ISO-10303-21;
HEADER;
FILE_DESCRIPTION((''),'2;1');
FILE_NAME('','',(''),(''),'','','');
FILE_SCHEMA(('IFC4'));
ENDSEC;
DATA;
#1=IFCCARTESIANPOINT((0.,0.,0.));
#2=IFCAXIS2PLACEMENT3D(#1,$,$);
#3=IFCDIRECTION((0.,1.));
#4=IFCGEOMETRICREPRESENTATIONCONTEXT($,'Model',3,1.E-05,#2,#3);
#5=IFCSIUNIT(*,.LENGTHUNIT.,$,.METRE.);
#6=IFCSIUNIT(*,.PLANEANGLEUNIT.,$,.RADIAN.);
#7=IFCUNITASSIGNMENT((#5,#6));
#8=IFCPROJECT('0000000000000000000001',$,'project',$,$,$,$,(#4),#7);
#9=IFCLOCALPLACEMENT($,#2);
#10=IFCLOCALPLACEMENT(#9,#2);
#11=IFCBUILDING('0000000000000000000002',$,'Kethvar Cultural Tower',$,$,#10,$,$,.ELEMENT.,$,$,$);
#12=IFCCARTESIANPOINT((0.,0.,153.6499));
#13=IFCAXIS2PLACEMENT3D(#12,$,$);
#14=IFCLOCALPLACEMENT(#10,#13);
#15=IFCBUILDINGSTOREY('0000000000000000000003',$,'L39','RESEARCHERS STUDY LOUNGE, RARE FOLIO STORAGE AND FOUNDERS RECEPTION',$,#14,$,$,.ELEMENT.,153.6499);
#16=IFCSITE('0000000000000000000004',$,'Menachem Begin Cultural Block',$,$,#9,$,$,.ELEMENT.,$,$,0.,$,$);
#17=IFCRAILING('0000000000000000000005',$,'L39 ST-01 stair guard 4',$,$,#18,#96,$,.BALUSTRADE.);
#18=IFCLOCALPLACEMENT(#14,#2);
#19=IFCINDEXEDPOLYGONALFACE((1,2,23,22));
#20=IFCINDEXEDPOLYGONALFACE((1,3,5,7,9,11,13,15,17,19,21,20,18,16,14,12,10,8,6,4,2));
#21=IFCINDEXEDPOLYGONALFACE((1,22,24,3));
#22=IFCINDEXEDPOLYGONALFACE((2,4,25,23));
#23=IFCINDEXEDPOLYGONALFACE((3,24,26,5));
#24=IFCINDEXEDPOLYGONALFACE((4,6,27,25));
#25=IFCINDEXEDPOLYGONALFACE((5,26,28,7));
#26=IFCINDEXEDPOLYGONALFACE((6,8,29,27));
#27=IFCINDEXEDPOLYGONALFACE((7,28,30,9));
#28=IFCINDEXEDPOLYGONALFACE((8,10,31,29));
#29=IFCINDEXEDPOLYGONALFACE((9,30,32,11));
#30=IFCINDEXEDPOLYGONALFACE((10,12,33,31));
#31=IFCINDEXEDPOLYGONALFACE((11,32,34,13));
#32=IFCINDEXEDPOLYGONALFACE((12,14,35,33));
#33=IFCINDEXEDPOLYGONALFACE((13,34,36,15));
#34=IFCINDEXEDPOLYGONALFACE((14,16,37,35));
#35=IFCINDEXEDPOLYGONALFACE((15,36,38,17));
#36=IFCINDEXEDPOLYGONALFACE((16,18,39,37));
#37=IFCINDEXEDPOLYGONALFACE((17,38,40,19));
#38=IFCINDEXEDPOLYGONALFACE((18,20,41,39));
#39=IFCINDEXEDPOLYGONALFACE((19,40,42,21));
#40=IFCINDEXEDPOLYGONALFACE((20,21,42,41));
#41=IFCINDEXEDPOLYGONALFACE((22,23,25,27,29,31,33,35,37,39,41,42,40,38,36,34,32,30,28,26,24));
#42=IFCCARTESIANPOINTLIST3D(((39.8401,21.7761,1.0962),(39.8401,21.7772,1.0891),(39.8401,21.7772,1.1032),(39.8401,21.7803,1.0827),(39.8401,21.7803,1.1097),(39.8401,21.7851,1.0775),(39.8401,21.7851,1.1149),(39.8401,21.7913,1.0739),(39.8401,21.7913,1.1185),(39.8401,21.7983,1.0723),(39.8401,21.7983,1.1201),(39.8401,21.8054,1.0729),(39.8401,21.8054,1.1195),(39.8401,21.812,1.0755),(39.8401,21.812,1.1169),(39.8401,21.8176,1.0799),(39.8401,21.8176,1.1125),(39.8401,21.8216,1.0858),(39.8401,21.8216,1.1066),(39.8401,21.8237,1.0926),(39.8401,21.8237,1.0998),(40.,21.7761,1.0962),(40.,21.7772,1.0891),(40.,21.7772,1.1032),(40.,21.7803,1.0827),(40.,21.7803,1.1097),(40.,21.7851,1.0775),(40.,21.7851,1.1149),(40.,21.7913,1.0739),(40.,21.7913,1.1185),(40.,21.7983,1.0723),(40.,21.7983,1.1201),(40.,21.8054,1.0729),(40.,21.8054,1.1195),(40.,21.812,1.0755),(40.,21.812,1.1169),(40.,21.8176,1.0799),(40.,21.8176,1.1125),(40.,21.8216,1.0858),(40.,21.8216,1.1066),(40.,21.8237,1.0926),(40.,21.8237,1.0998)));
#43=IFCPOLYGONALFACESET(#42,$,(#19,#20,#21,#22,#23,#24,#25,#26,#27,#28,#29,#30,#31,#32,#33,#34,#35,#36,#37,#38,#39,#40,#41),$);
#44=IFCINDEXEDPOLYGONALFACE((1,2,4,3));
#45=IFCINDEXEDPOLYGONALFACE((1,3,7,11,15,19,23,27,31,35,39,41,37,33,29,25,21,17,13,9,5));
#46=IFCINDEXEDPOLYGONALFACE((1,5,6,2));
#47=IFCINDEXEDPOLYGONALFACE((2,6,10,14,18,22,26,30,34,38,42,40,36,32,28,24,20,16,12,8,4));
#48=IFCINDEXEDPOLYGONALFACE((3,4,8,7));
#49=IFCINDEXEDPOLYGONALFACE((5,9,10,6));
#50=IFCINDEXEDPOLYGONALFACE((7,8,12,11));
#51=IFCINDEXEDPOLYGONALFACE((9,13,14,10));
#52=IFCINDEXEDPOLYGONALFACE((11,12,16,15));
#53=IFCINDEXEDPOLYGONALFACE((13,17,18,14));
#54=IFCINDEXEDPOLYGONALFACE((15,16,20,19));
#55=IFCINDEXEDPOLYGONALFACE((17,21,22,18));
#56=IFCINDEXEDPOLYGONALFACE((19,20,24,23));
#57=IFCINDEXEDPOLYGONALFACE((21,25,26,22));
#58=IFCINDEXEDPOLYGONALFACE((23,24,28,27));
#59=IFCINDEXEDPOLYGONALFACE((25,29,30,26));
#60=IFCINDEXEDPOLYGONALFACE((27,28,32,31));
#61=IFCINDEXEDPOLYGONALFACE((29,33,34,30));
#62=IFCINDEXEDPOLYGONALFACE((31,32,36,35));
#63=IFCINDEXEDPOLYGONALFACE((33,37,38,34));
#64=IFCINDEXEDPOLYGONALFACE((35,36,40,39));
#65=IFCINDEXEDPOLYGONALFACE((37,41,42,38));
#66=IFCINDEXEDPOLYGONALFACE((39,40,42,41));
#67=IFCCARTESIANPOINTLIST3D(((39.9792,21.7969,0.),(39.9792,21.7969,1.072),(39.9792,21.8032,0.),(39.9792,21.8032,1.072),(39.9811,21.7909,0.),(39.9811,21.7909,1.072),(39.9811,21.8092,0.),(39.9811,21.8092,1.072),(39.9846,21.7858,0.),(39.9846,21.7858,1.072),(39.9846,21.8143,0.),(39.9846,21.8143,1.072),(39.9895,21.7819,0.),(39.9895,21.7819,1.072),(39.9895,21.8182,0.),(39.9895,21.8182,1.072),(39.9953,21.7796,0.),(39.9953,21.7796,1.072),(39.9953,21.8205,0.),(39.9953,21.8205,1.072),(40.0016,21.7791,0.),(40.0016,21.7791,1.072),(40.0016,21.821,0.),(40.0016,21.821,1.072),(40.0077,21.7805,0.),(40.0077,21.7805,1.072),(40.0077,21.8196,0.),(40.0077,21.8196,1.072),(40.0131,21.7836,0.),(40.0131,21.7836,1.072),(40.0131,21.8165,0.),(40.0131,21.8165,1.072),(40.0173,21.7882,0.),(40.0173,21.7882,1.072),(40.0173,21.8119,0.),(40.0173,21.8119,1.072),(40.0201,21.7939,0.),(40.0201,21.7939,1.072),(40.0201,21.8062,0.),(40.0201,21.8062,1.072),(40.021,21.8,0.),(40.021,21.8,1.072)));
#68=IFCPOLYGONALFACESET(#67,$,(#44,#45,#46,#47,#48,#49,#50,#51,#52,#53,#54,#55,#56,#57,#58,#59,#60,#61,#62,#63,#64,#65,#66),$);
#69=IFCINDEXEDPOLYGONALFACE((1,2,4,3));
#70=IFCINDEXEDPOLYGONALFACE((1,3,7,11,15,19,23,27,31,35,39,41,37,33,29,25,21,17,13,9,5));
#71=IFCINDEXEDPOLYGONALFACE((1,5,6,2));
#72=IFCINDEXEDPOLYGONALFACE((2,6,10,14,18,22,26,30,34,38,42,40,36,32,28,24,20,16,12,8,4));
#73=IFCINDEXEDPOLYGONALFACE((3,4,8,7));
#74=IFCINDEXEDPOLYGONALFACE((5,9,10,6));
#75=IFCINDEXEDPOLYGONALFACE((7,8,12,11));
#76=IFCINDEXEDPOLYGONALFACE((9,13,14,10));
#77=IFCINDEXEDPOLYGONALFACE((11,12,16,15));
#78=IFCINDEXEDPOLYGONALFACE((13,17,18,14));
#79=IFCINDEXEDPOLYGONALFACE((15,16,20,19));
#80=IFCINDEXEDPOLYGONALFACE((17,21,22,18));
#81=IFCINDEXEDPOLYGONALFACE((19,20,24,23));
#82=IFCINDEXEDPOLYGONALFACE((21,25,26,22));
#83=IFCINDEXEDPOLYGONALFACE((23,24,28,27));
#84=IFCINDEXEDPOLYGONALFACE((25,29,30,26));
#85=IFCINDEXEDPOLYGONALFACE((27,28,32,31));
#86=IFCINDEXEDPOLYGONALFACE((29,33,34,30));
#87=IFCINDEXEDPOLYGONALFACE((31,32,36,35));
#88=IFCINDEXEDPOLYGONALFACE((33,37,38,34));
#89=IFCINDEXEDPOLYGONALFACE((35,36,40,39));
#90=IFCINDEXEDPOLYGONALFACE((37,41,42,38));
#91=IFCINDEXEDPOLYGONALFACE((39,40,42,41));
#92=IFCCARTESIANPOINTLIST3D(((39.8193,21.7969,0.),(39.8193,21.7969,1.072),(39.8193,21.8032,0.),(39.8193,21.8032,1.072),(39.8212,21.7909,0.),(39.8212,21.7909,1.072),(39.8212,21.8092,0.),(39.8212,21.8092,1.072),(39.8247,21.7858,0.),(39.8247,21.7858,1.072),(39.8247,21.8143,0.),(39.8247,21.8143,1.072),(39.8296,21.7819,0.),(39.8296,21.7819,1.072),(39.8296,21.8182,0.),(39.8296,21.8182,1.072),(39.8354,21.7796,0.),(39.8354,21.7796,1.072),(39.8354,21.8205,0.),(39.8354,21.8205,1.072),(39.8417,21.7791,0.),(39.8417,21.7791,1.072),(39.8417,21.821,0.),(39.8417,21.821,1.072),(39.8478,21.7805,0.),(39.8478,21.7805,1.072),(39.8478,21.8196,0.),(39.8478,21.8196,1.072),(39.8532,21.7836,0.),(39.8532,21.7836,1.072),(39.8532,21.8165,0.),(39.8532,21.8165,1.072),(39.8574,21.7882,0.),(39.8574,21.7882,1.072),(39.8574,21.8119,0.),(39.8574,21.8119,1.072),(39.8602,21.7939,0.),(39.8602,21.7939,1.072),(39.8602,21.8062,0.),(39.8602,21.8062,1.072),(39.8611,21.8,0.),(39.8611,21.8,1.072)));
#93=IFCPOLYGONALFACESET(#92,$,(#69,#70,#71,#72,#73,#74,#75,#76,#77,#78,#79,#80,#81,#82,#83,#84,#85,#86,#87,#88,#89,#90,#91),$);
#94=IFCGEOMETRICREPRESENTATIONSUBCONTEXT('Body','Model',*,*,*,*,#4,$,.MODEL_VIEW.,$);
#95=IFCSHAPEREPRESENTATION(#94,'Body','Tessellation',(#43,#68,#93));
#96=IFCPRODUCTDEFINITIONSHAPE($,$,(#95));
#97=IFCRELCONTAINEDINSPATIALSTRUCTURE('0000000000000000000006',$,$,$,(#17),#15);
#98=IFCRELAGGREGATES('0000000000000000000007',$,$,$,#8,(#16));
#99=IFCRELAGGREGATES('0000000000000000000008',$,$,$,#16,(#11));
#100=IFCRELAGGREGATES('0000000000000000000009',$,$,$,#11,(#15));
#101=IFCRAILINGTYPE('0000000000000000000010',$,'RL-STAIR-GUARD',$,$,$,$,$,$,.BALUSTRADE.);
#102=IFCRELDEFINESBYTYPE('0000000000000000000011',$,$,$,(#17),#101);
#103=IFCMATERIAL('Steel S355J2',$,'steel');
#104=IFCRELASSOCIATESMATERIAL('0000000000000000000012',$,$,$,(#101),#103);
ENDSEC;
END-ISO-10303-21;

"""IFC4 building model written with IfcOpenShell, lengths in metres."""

from ifc_helpers import new_model, si_unit, direction, frame, origin, origin_2d, place, context, subcontext, project, spatial, circle, extrude, material, type_object, element, save


model = new_model("IFC4")

# Units and contexts
model_context = context("Model", 3, precision=1e-05, world=origin(), true_north=direction((0.0, 1.0)))
body_context = subcontext(model_context, "Body", "Model", "MODEL_VIEW")
ifc_project = project(units=[si_unit("LENGTHUNIT", "METRE"), si_unit("PLANEANGLEUNIT", "RADIAN")], contexts=[model_context])

# Site, building, storey
site_placement = place(None, origin())
site = spatial("IfcSite", under=ifc_project, at=site_placement, Name="Menachem Begin Cultural Block", CompositionType="ELEMENT", RefElevation=0.0)
building_placement = place(site_placement, origin())
building = spatial("IfcBuilding", under=site, at=building_placement, Name="Kethvar Cultural Tower", CompositionType="ELEMENT")
storey_placement = place(building_placement, frame((0.0, 0.0, 153.6499)))
storey = spatial("IfcBuildingStorey", under=building, at=storey_placement, Name="L39", Description="RESEARCHERS STUDY LOUNGE, RARE FOLIO STORAGE AND FOUNDERS RECEPTION", CompositionType="ELEMENT", Elevation=153.6499)

# Shared definitions
ifc_material_1 = material(Name="Steel S355J2", Category="steel")

# Railing
railing_type_1 = type_object("IfcRailingType", Name="RL-STAIR-GUARD", PredefinedType="BALUSTRADE", material=ifc_material_1)
railing_1_placement = place(storey_placement, frame((40.0, 21.8, 0.0)))
element("IfcRailing", 1, at=railing_1_placement, inside=storey, type_object=railing_type_1, Name="L39 ST-01 stair guard 4", PredefinedType="BALUSTRADE", context=body_context, shape_type="SweptSolid", body=[
    extrude(circle(Radius=0.0239, at=origin_2d()), frame((0.0, 0.0, 1.0962), z_axis=(-1.0, 0.0, 0.0), x_axis=(0.0, -1.0, 0.0)), (0.0, 0.0, 1.0), 0.1599),
    extrude(circle(Radius=0.021, at=origin_2d()), origin(), (0.0, 0.0, 1.0), 1.072),
    extrude(circle(Radius=0.021, at=origin_2d()), frame((-0.1599, 0.0, 0.0)), (0.0, 0.0, 1.0), 1.072),
])

save(model, "model.ifc")
